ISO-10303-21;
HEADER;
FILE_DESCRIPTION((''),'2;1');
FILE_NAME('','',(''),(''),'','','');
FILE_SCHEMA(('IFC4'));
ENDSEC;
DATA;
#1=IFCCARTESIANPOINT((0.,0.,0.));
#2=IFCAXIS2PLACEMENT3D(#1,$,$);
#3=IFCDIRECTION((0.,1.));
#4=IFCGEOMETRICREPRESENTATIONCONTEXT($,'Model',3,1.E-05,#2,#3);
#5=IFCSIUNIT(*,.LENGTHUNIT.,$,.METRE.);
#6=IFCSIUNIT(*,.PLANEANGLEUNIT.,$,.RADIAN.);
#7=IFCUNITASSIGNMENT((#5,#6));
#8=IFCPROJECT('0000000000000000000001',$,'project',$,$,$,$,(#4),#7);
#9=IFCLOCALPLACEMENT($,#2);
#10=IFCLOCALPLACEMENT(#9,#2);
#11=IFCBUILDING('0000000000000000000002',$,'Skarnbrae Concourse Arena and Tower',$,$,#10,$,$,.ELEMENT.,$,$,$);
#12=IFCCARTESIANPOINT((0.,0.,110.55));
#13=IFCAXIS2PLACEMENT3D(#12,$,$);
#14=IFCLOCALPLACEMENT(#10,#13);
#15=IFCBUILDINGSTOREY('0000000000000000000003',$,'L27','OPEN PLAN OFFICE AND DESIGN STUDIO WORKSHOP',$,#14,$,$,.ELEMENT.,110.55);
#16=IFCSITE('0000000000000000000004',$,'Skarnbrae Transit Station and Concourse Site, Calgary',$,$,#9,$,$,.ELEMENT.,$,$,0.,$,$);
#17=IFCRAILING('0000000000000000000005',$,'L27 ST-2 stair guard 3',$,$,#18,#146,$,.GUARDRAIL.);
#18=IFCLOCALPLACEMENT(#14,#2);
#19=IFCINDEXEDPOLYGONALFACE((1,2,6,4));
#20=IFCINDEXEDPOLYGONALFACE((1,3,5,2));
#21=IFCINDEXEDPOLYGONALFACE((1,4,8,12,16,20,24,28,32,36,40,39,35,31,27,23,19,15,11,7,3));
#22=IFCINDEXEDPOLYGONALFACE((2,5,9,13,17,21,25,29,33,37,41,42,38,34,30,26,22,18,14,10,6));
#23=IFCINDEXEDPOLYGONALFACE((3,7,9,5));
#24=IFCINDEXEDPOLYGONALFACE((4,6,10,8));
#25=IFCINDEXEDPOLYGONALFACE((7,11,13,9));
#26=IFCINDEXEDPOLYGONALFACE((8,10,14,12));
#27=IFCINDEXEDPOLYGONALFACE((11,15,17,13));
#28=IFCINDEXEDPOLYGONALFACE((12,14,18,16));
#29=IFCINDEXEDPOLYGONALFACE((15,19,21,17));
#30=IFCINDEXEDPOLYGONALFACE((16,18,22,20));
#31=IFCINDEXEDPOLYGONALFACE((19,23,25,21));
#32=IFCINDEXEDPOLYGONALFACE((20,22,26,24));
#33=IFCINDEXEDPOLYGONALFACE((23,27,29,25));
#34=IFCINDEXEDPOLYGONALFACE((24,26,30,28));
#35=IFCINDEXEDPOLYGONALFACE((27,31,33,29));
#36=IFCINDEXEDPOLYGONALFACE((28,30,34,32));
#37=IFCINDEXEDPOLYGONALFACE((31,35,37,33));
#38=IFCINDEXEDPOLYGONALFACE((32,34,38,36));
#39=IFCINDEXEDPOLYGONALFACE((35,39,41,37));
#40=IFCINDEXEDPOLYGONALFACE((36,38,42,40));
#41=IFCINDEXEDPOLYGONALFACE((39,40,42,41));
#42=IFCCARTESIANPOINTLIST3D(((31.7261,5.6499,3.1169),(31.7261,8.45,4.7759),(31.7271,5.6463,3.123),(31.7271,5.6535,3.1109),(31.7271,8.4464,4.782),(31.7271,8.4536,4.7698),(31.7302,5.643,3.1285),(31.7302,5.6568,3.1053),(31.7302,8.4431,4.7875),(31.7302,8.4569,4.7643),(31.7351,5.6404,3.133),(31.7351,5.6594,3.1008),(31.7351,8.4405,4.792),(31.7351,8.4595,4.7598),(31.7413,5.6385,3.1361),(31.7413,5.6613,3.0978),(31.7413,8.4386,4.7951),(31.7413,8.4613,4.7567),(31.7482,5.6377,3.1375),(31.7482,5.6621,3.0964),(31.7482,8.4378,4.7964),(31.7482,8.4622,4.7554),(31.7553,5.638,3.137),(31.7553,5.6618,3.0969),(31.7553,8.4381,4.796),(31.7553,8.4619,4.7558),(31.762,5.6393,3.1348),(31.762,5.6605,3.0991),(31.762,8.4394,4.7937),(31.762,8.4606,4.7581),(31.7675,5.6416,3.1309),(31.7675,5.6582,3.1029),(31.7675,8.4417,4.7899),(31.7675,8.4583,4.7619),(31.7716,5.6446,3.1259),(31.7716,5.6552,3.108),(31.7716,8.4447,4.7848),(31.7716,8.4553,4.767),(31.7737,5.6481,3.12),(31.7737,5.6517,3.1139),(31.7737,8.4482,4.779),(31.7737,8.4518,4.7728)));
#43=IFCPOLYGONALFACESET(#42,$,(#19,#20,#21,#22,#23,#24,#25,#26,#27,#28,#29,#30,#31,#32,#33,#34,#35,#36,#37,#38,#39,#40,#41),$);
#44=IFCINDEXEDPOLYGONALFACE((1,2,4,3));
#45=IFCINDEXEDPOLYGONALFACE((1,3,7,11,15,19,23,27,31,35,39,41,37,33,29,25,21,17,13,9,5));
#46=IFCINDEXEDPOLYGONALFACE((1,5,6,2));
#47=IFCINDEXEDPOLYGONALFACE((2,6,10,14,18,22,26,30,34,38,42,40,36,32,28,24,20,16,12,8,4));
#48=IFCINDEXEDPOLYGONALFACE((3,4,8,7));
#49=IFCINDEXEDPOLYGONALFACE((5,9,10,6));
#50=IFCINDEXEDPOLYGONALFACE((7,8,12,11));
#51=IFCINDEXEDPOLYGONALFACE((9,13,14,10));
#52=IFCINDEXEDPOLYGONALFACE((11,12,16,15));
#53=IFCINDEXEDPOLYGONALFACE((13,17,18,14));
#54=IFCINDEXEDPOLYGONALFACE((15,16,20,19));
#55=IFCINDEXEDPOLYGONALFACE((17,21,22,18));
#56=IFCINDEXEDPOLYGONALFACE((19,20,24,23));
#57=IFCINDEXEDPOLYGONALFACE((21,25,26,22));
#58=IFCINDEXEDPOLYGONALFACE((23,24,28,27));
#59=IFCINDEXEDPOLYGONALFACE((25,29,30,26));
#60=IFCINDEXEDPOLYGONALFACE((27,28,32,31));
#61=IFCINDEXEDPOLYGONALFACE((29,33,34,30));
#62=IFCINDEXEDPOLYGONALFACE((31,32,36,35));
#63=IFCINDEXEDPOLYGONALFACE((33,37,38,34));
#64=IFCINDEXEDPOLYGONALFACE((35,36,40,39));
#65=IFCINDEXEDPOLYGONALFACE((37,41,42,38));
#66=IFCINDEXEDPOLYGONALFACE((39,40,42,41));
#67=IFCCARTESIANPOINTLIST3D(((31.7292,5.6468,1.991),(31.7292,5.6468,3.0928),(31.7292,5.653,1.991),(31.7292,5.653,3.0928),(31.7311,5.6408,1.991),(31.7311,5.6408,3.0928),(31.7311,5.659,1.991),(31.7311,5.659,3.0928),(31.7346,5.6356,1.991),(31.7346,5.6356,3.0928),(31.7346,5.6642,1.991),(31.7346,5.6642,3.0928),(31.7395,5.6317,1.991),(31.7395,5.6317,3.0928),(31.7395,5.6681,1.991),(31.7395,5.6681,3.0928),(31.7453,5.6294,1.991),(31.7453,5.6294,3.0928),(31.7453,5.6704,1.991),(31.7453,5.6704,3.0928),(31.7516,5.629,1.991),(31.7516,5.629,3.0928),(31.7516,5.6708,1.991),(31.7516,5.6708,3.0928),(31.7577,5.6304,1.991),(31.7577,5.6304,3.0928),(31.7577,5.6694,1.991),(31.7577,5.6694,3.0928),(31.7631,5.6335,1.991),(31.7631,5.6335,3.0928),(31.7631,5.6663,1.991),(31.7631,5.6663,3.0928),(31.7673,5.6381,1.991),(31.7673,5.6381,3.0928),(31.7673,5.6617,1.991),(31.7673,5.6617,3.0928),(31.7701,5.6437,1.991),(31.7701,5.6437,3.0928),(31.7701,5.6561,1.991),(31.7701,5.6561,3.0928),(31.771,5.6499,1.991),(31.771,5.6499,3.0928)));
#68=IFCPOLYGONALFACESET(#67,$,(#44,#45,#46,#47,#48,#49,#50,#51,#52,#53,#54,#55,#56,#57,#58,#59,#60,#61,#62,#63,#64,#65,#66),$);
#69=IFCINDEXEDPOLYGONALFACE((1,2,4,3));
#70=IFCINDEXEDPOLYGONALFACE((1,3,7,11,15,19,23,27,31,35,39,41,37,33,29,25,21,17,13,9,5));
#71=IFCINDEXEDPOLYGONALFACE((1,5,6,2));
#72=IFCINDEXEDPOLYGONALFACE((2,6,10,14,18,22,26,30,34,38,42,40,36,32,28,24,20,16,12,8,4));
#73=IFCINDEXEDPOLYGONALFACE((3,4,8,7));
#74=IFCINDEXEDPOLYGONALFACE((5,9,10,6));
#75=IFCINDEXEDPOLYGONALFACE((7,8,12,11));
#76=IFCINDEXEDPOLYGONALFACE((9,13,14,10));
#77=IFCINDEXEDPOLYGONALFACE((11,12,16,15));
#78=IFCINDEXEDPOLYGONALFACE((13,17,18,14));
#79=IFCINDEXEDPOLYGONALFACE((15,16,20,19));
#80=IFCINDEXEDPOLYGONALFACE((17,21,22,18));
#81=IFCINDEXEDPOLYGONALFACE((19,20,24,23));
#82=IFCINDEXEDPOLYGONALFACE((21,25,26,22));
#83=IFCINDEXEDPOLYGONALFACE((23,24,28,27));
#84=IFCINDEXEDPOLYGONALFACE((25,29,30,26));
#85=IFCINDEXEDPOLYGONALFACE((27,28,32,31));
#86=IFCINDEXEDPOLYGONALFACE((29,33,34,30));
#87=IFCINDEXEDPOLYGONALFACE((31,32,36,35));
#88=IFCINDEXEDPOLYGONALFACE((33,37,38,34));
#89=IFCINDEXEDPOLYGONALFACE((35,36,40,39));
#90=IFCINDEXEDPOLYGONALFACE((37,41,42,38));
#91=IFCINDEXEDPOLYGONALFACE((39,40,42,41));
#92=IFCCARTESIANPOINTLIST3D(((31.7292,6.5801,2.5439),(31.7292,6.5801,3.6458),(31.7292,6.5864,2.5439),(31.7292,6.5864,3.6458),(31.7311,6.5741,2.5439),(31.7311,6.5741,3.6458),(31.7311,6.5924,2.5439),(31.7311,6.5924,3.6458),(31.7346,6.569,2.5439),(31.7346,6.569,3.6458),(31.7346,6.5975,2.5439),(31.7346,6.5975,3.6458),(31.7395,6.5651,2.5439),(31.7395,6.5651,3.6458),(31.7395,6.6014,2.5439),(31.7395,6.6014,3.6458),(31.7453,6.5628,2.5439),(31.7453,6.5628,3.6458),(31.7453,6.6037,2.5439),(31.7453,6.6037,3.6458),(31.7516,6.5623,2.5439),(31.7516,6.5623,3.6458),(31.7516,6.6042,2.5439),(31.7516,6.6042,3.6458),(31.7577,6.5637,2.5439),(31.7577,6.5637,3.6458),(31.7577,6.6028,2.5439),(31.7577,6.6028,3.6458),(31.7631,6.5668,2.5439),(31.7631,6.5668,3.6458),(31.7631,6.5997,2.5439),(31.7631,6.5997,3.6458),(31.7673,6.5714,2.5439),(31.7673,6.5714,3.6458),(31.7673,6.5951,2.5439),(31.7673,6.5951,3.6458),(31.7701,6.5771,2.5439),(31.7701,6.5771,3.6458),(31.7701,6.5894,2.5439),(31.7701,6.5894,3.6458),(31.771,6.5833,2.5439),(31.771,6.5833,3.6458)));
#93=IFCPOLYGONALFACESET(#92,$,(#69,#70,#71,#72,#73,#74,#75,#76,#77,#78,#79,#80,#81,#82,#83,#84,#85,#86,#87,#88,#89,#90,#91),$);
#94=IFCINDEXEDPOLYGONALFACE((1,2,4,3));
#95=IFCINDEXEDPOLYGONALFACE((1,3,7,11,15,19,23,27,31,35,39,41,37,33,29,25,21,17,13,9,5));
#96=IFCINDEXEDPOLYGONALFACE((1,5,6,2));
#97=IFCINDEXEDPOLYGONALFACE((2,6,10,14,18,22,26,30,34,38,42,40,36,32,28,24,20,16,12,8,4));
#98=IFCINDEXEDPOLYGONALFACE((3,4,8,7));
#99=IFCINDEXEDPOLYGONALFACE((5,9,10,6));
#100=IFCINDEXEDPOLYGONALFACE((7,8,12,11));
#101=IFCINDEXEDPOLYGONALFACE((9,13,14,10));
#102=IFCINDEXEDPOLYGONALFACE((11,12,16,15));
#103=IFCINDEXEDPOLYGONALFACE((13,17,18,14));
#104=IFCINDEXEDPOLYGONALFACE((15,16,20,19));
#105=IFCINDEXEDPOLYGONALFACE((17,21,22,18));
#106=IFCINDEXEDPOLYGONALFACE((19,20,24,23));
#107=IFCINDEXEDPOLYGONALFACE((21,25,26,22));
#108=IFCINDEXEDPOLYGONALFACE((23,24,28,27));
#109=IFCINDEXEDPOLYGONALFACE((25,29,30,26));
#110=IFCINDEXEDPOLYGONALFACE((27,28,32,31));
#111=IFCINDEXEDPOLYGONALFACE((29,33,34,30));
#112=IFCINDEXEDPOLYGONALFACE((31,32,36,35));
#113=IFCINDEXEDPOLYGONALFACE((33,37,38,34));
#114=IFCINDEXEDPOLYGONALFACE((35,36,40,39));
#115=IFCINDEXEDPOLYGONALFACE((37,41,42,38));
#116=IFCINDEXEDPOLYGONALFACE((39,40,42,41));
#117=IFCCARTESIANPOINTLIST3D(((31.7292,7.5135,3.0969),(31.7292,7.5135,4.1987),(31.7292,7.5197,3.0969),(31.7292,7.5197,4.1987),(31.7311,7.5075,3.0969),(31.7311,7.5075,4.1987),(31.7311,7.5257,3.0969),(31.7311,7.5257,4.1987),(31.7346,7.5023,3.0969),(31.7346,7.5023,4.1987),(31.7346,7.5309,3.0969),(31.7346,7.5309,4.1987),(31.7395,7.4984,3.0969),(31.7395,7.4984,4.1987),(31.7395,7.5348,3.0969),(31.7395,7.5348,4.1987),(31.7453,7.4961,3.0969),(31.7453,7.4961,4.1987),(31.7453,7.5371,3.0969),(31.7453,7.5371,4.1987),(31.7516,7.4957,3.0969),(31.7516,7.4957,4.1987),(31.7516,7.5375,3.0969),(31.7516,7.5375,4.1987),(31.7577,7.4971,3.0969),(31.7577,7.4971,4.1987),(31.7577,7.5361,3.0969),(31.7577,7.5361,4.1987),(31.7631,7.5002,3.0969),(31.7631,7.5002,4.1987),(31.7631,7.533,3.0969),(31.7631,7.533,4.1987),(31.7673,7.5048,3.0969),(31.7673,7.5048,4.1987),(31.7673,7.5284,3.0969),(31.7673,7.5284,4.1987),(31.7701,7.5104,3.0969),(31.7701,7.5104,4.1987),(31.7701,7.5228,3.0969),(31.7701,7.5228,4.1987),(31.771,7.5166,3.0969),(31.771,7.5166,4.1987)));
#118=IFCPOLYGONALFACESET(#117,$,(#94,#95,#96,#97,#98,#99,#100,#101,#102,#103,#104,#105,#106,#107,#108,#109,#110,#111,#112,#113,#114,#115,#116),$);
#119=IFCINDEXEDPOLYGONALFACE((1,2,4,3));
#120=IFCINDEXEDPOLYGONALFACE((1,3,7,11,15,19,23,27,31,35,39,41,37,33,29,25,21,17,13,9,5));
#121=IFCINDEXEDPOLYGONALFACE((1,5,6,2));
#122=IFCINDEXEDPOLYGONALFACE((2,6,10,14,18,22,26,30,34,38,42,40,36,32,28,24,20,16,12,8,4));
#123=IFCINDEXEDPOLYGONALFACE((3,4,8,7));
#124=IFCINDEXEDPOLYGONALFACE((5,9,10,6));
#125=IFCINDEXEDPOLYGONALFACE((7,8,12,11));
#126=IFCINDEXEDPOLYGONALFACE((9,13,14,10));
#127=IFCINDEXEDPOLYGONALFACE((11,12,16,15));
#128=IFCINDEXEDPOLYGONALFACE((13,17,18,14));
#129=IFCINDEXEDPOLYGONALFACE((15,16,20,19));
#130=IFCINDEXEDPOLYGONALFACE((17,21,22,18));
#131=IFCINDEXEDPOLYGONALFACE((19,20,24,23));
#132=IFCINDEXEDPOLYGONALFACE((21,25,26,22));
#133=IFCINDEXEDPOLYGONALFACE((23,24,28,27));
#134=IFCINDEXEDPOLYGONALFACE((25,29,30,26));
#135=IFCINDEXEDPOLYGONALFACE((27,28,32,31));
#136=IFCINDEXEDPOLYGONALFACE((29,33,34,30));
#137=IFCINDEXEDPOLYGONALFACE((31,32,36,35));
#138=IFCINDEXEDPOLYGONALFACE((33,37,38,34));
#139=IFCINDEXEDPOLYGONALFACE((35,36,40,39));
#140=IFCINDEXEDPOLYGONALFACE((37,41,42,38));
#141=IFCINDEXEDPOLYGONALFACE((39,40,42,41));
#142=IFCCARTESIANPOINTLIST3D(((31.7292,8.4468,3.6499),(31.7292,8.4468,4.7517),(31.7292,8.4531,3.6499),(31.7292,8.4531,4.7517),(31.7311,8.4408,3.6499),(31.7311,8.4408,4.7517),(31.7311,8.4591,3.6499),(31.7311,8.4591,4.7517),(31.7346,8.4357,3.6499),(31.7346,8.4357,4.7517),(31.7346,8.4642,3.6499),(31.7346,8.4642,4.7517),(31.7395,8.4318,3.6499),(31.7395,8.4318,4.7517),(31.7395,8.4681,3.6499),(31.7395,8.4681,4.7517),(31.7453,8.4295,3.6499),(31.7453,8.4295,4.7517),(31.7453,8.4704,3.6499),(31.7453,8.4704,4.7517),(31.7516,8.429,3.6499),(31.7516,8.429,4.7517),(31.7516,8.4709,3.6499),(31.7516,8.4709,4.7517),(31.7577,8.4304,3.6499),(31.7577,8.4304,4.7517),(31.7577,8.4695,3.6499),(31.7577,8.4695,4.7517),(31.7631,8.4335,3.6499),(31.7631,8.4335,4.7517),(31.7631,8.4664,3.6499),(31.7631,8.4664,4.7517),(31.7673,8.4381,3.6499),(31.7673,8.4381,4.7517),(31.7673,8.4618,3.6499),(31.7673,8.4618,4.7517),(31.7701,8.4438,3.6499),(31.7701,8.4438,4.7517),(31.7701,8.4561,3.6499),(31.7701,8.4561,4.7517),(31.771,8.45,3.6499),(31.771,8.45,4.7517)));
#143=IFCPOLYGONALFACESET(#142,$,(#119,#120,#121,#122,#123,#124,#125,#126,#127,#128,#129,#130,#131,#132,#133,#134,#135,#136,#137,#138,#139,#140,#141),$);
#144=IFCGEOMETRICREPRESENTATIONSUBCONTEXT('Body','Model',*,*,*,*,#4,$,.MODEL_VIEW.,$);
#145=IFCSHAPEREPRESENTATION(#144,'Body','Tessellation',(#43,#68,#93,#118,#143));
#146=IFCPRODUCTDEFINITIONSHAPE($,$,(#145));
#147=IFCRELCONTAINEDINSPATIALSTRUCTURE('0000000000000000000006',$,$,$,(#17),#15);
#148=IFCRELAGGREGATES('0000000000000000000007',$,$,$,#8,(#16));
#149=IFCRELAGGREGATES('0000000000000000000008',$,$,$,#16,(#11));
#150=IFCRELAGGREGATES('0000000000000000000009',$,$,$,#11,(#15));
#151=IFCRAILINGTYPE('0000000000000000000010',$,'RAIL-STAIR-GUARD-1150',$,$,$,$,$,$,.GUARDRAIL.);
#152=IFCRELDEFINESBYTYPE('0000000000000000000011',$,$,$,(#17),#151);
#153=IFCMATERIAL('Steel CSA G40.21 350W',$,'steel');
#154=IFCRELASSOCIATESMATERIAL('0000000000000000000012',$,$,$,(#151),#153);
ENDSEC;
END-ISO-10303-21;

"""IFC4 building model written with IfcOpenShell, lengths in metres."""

from ifc_helpers import new_model, si_unit, direction, frame, origin, origin_2d, place, context, subcontext, project, spatial, circle, extrude, material, type_object, element, save


model = new_model("IFC4")

# Units and contexts
model_context = context("Model", 3, precision=1e-05, world=origin(), true_north=direction((0.0, 1.0)))
body_context = subcontext(model_context, "Body", "Model", "MODEL_VIEW")
ifc_project = project(units=[si_unit("LENGTHUNIT", "METRE"), si_unit("PLANEANGLEUNIT", "RADIAN")], contexts=[model_context])

# Site, building, storey
site_placement = place(None, origin())
site = spatial("IfcSite", under=ifc_project, at=site_placement, Name="Skarnbrae Transit Station and Concourse Site, Calgary", CompositionType="ELEMENT", RefElevation=0.0)
building_placement = place(site_placement, origin())
building = spatial("IfcBuilding", under=site, at=building_placement, Name="Skarnbrae Concourse Arena and Tower", CompositionType="ELEMENT")
storey_placement = place(building_placement, frame((0.0, 0.0, 110.55)))
storey = spatial("IfcBuildingStorey", under=building, at=storey_placement, Name="L27", Description="OPEN PLAN OFFICE AND DESIGN STUDIO WORKSHOP", CompositionType="ELEMENT", Elevation=110.55)

# Shared definitions
ifc_material_1 = material(Name="Steel CSA G40.21 350W", Category="steel")

# Railing
railing_type_1 = type_object("IfcRailingType", Name="RAIL-STAIR-GUARD-1150", PredefinedType="GUARDRAIL", material=ifc_material_1)
railing_1_placement = place(storey_placement, frame((31.75, 5.6499, 1.991)))
element("IfcRailing", 1, at=railing_1_placement, inside=storey, type_object=railing_type_1, Name="L27 ST-2 stair guard 3", PredefinedType="GUARDRAIL", context=body_context, shape_type="SweptSolid", body=[
    extrude(circle(Radius=0.0239, at=origin_2d()), frame((0.0, 0.0, 1.126), z_axis=(0.0, 0.860339, 0.509722), x_axis=(-1.0, 0.0, 0.0)), (0.0, 0.0, 1.0), 3.2546),
    extrude(circle(Radius=0.021, at=origin_2d()), origin(), (0.0, 0.0, 1.0), 1.1018),
    extrude(circle(Radius=0.021, at=origin_2d()), frame((0.0, 0.9333, 0.553)), (0.0, 0.0, 1.0), 1.1018),
    extrude(circle(Radius=0.021, at=origin_2d()), frame((0.0, 1.8667, 1.106)), (0.0, 0.0, 1.0), 1.1018),
    extrude(circle(Radius=0.021, at=origin_2d()), frame((0.0, 2.8, 1.6589)), (0.0, 0.0, 1.0), 1.1018),
])

save(model, "model.ifc")
